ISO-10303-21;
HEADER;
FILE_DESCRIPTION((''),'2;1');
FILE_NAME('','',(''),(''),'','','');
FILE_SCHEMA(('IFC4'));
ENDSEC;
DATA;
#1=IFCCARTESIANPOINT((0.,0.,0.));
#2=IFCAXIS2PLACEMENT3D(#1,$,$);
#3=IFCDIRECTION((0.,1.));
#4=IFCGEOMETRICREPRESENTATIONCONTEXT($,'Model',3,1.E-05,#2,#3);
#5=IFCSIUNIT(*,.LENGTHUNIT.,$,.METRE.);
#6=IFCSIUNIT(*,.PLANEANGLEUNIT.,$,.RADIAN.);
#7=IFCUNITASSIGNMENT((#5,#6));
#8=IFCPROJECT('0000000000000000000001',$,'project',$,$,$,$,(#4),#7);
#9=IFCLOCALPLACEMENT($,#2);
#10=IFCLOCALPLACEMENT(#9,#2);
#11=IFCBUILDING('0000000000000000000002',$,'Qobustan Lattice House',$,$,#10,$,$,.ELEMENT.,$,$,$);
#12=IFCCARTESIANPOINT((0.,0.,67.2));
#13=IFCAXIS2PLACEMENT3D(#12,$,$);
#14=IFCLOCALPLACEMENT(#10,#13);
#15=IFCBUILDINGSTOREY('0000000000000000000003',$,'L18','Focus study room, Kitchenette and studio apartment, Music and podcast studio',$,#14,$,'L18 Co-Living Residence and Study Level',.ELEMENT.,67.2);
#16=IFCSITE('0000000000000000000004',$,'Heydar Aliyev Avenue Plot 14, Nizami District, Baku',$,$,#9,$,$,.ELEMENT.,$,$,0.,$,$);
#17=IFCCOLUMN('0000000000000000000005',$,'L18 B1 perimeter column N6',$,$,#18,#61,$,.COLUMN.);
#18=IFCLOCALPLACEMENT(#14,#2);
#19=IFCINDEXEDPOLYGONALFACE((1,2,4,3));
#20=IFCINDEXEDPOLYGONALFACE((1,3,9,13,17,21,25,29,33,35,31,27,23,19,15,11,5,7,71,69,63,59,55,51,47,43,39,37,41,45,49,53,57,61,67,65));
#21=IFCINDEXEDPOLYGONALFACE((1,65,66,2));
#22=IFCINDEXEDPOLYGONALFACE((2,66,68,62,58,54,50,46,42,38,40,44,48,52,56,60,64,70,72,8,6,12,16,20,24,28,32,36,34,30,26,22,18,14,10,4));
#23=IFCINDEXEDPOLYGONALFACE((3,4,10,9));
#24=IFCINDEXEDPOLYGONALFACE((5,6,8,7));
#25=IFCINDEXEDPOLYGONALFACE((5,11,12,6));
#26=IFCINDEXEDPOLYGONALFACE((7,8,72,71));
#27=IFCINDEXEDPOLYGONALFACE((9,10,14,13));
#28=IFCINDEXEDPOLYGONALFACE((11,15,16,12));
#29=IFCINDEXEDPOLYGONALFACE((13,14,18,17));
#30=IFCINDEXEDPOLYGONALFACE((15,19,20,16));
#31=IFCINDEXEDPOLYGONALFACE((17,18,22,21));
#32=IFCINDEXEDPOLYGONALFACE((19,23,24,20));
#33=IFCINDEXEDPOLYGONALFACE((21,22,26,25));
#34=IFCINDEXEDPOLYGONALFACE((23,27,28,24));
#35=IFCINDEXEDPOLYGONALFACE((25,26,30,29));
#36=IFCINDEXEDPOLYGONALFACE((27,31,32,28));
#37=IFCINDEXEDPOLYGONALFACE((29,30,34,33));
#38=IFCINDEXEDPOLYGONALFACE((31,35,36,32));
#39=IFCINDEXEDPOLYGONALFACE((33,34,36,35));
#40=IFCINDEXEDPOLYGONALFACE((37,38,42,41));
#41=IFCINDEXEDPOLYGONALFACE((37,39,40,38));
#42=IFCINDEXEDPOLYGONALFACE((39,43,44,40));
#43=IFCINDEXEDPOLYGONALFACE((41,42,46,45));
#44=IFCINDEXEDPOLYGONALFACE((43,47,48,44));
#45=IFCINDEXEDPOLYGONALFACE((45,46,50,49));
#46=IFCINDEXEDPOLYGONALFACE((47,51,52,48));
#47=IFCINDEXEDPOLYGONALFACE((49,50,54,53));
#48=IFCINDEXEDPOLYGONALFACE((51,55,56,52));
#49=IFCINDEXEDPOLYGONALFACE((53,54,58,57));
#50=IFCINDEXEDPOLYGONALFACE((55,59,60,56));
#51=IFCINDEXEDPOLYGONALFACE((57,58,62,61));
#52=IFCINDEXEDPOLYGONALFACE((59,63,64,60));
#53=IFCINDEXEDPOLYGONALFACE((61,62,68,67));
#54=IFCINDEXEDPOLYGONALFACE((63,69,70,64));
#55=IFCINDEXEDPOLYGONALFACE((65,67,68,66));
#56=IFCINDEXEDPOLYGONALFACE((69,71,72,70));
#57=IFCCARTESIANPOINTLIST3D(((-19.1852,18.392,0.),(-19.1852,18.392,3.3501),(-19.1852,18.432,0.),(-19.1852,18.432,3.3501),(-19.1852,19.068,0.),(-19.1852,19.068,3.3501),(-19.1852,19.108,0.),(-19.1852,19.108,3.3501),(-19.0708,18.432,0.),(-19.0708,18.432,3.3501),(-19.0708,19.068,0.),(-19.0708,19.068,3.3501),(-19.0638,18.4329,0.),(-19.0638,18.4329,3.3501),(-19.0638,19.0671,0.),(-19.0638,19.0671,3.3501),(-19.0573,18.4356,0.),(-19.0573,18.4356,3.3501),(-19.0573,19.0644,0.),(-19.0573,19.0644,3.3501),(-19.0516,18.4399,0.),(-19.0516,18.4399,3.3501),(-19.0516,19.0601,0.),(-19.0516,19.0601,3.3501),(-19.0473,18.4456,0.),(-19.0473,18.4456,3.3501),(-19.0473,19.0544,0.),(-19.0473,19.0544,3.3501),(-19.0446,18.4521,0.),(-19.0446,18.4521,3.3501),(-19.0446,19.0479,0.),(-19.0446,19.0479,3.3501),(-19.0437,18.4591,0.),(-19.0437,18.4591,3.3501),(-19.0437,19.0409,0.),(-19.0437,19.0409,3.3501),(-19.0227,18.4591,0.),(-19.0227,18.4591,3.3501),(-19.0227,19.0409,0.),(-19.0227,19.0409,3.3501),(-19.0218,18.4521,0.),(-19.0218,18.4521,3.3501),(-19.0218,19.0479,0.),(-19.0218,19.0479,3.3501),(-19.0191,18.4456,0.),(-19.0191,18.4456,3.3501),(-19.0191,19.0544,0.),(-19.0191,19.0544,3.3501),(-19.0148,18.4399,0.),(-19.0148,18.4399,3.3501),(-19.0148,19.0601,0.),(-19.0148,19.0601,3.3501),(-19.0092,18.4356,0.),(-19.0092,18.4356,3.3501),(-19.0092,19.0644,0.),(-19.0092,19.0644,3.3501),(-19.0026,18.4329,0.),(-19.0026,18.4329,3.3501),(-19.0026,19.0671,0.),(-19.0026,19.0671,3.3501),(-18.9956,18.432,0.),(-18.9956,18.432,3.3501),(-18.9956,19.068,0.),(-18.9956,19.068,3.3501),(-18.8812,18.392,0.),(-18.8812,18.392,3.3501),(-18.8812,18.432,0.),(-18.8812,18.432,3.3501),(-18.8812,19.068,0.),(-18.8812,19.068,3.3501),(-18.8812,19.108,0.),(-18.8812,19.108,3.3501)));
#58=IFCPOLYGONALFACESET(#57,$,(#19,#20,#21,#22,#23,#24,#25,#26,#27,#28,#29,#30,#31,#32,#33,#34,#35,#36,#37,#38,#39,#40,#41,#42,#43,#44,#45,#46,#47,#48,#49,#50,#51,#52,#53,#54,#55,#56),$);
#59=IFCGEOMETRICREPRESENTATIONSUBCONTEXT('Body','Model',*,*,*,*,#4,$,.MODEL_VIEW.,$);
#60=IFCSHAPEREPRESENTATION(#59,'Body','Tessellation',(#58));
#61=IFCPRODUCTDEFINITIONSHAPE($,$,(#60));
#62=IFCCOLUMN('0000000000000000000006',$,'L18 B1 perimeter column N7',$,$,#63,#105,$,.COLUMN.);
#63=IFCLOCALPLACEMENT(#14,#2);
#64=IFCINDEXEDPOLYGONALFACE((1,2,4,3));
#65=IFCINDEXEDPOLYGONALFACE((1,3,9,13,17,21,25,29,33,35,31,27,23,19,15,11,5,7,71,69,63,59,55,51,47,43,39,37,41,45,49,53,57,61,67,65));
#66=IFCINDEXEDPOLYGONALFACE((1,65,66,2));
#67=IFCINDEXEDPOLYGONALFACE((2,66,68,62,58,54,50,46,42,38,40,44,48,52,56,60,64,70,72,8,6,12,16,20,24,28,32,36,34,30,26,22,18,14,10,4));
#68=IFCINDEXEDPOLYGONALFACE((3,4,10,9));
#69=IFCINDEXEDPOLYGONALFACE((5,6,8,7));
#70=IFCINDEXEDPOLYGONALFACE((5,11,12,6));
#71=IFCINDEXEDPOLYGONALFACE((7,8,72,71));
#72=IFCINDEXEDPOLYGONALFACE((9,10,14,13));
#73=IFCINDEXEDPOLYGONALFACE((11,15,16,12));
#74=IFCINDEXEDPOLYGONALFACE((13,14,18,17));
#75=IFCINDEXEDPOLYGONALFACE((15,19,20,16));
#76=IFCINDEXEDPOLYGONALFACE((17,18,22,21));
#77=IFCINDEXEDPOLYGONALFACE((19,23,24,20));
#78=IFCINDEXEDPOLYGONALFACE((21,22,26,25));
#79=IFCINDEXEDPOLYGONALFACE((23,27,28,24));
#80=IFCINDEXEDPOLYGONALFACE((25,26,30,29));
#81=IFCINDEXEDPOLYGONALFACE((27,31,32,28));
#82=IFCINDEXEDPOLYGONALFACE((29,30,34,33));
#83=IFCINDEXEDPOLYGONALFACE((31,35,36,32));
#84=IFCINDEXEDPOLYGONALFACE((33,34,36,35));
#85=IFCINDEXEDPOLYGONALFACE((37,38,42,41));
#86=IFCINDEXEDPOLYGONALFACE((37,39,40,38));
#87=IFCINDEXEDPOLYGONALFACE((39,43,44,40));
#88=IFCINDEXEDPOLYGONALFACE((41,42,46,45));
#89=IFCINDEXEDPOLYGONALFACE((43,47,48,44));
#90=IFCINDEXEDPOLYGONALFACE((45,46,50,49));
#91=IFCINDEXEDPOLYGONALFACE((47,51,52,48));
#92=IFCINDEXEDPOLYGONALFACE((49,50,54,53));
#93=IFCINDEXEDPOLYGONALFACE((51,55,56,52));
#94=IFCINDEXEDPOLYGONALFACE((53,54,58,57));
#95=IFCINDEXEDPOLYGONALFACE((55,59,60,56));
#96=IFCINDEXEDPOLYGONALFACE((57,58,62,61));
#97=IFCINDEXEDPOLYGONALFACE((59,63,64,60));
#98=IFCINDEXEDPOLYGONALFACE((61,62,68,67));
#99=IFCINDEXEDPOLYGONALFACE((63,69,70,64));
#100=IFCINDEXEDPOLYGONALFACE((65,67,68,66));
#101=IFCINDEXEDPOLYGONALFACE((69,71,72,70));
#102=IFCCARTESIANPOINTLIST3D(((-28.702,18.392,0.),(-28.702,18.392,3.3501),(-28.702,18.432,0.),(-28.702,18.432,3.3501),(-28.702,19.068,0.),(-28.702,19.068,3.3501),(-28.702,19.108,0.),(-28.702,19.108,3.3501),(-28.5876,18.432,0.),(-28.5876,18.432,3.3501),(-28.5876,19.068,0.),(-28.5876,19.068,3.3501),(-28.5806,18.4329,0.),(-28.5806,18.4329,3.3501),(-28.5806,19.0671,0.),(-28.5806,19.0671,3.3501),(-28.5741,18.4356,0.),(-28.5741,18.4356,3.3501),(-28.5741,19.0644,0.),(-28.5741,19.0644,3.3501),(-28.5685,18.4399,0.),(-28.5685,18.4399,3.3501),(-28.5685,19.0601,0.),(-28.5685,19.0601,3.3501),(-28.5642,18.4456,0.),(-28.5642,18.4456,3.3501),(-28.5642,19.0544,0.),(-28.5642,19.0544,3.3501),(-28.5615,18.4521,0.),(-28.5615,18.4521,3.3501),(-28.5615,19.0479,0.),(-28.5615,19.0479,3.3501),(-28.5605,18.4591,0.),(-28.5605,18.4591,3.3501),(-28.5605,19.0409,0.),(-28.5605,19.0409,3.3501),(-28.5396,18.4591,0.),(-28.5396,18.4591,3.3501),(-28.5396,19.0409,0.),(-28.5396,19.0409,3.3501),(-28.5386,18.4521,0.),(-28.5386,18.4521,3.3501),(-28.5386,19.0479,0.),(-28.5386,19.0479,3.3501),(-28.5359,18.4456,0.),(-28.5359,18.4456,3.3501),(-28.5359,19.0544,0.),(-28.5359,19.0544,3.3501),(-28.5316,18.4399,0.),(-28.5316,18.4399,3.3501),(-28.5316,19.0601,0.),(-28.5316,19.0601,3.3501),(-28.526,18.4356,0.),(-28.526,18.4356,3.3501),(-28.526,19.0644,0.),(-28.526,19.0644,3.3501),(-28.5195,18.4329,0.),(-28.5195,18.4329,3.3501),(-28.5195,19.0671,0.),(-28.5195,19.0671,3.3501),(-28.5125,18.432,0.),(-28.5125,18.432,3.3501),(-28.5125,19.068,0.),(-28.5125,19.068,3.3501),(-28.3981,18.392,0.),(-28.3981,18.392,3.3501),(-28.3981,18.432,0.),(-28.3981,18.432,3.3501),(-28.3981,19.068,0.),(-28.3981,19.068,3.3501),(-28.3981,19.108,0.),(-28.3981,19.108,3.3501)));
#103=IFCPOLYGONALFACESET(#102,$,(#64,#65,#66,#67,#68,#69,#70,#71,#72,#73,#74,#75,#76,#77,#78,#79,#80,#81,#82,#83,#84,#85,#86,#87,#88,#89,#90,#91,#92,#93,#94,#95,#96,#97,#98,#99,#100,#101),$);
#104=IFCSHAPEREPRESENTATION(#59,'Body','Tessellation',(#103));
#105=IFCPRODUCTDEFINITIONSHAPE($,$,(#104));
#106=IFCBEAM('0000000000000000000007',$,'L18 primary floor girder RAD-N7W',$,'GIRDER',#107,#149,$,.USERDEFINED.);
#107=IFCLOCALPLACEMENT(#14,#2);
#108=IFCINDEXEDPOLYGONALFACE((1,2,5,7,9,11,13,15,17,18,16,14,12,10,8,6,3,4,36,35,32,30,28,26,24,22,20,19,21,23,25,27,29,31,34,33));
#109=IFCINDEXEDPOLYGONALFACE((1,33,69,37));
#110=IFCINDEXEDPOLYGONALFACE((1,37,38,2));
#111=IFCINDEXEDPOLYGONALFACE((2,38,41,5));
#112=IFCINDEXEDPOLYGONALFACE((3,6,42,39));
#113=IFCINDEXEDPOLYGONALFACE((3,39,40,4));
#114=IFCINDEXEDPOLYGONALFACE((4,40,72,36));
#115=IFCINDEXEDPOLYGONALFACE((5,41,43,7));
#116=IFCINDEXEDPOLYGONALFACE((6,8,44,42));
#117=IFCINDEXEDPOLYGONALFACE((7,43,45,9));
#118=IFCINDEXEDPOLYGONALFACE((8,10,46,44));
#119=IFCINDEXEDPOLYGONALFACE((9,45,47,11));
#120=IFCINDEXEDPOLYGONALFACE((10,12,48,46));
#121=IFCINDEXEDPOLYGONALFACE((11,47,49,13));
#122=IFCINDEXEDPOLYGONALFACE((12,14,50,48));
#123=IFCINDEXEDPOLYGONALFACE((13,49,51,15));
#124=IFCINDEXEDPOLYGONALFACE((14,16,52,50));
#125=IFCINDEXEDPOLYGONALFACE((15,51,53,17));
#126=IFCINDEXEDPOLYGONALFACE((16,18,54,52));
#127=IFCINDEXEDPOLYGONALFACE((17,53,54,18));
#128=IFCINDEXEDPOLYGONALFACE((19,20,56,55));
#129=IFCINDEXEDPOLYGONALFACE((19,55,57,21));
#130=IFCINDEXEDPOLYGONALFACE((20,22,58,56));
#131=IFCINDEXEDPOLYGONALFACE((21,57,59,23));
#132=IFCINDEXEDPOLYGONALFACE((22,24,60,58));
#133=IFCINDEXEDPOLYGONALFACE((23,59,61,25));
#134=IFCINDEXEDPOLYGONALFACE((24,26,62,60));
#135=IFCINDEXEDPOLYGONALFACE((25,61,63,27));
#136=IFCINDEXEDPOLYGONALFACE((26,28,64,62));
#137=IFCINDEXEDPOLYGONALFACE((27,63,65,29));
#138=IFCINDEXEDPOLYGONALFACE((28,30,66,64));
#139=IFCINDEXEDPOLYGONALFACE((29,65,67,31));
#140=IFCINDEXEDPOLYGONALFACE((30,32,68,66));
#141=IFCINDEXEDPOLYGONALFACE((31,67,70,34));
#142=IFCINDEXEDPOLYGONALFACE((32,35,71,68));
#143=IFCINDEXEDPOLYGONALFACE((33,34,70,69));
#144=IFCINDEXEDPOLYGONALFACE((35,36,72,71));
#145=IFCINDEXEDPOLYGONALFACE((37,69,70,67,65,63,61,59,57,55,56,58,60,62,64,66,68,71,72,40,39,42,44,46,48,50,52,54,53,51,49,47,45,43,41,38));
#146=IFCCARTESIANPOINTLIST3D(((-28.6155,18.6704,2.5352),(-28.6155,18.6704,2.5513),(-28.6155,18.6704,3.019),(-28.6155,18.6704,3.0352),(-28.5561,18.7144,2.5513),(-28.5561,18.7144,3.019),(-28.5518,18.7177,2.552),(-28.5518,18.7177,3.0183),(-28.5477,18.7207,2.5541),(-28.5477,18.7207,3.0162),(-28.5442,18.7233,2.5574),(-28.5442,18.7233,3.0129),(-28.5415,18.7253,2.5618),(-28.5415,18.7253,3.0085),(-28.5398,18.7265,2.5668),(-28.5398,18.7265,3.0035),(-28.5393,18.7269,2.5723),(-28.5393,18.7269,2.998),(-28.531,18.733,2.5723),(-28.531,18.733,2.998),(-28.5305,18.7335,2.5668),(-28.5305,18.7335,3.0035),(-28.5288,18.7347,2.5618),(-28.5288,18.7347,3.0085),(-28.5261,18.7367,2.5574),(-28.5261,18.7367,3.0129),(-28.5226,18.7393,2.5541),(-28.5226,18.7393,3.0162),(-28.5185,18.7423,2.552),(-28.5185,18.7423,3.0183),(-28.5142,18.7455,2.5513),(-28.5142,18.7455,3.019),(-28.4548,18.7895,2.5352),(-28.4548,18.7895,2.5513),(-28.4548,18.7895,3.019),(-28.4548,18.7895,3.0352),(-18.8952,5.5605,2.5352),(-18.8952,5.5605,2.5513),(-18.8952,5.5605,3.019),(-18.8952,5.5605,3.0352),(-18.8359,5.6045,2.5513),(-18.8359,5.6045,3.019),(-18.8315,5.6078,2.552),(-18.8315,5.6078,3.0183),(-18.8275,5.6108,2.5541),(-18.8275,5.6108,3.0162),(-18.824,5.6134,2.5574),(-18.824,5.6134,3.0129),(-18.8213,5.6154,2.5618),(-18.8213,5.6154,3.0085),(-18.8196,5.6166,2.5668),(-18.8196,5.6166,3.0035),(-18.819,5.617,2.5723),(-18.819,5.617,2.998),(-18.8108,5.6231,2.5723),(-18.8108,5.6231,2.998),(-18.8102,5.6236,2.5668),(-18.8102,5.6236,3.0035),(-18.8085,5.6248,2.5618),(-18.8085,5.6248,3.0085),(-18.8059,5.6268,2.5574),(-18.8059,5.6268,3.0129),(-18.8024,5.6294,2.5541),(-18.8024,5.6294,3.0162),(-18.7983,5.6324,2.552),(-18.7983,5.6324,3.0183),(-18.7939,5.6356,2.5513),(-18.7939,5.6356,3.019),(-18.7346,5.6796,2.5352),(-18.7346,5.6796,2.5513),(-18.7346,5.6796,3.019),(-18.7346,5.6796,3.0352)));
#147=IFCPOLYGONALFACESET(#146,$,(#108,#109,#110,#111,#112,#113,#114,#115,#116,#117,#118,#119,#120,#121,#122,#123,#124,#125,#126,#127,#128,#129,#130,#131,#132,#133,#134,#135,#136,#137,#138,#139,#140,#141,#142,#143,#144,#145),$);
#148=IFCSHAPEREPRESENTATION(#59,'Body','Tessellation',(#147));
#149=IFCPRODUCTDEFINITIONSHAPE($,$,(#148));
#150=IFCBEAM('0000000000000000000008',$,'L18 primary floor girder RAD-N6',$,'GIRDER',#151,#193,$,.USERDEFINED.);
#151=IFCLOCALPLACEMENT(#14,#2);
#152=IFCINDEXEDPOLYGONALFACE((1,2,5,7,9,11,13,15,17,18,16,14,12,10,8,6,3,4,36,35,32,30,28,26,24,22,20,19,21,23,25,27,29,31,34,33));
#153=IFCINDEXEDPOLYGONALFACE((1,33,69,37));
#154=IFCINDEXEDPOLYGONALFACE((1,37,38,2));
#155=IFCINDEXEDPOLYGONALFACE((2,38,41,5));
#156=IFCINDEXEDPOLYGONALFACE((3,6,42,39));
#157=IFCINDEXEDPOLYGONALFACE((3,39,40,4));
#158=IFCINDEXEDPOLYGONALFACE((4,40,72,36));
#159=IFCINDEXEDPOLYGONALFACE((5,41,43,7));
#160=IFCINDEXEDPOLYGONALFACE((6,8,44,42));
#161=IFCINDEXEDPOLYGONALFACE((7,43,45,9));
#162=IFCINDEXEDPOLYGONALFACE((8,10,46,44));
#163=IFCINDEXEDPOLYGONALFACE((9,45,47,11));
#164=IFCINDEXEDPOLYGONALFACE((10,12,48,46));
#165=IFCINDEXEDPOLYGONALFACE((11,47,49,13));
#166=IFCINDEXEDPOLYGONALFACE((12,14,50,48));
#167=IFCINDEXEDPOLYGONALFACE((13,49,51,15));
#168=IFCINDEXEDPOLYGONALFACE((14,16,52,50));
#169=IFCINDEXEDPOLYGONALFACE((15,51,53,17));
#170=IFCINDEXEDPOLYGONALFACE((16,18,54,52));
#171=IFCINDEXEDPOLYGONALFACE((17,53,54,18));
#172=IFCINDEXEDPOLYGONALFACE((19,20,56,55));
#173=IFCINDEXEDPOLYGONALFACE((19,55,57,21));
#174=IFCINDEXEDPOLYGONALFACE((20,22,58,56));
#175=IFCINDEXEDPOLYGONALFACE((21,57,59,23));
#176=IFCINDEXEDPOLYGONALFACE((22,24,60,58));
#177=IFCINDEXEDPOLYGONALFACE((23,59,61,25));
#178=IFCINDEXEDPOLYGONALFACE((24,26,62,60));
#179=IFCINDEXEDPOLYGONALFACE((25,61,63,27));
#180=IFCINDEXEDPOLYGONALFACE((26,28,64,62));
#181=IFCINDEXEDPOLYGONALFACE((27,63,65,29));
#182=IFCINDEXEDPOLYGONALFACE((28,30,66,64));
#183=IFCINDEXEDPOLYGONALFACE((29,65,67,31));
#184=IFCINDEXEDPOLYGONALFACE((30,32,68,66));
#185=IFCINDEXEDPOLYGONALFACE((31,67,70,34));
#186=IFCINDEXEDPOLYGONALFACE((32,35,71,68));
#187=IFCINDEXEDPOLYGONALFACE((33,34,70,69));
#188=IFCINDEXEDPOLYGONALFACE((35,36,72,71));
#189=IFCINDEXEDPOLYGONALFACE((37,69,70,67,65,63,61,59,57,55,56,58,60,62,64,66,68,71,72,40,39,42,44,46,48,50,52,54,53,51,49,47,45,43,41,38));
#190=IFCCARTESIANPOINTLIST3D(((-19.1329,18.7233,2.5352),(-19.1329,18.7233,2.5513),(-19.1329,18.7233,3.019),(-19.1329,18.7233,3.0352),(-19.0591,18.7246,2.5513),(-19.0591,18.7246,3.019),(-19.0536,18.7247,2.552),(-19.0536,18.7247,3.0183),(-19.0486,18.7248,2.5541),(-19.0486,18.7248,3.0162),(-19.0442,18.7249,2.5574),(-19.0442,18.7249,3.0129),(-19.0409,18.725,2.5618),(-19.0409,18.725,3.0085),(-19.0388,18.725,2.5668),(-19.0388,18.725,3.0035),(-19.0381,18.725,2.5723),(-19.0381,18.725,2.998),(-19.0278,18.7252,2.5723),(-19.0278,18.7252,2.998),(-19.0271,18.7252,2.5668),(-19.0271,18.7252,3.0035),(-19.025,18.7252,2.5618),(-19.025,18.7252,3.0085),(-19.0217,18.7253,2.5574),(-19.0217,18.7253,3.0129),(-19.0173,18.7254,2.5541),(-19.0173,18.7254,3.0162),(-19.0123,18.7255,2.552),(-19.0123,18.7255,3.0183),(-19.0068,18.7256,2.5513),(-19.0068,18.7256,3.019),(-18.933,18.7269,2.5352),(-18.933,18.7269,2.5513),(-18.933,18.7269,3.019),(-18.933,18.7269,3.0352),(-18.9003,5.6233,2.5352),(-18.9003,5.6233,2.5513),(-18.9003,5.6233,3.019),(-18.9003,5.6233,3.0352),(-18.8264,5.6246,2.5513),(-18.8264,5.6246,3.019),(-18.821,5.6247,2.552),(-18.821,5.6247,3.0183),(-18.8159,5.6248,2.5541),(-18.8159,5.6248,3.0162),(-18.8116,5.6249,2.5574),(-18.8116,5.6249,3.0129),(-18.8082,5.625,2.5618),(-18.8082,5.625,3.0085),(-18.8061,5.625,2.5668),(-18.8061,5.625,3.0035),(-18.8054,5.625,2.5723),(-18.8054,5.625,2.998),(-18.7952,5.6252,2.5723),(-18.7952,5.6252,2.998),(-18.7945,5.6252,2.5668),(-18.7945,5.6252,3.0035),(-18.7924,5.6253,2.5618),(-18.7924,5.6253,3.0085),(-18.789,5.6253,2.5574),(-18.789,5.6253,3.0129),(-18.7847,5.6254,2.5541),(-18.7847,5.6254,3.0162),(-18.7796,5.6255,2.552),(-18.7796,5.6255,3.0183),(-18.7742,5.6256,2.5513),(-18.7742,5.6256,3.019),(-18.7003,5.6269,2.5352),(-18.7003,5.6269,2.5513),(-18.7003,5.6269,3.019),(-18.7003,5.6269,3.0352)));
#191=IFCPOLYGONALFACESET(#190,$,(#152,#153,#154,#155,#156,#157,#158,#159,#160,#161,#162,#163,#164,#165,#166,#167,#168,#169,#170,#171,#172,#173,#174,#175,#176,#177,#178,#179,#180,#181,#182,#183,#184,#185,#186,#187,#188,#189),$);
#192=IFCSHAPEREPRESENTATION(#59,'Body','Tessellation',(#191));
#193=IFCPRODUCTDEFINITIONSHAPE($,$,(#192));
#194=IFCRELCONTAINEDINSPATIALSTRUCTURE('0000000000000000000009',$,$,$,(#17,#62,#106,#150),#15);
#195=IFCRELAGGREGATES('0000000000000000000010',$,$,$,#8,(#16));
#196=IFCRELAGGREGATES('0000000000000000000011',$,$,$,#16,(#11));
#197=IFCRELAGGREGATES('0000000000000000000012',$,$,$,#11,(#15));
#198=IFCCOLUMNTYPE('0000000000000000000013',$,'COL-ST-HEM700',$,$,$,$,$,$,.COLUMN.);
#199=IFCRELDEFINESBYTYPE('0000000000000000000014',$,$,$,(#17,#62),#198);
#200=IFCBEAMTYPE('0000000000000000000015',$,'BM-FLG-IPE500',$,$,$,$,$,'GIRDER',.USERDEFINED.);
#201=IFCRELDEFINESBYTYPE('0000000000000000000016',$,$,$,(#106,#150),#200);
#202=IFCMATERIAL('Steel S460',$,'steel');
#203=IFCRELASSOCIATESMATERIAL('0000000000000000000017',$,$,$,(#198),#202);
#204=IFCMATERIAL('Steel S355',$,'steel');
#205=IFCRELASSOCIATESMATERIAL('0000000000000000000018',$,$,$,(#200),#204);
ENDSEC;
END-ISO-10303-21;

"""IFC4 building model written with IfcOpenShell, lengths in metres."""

from ifc_helpers import new_model, si_unit, direction, frame, origin, origin_2d, place, context, subcontext, project, spatial, i_section, extrude, material, material_profile, profile_set, type_object, element, save


model = new_model("IFC4")

# Units and contexts
model_context = context("Model", 3, precision=1e-05, world=origin(), true_north=direction((0.0, 1.0)))
body_context = subcontext(model_context, "Body", "Model", "MODEL_VIEW")
ifc_project = project(units=[si_unit("LENGTHUNIT", "METRE"), si_unit("PLANEANGLEUNIT", "RADIAN")], contexts=[model_context])

# Site, building, storey
site_placement = place(None, origin())
site = spatial("IfcSite", under=ifc_project, at=site_placement, Name="Heydar Aliyev Avenue Plot 14, Nizami District, Baku", CompositionType="ELEMENT", RefElevation=0.0)
building_placement = place(site_placement, origin())
building = spatial("IfcBuilding", under=site, at=building_placement, Name="Qobustan Lattice House", CompositionType="ELEMENT")
storey_placement = place(building_placement, frame((0.0, 0.0, 67.2)))
storey = spatial("IfcBuildingStorey", under=building, at=storey_placement, Name="L18", Description="Focus study room, Kitchenette and studio apartment, Music and podcast studio", LongName="L18 Co-Living Residence and Study Level", CompositionType="ELEMENT", Elevation=67.2)

# Columns
ifc_material_1 = material(Name="Steel S460", Category="steel")
ifc_material_profile_1 = material_profile(ifc_material_1, i_section(OverallWidth=0.304, OverallDepth=0.7161, WebThickness=0.021, FlangeThickness=0.04, FilletRadius=0.0271, at=origin_2d()), Name="HEM700")
ifc_profile_set_1 = profile_set([ifc_material_profile_1], Name="Steel S460")
column_type = type_object("IfcColumnType", Name="COL-ST-HEM700", PredefinedType="COLUMN", material=ifc_profile_set_1)
for number, where, z_axis, x_axis, name in (
    (1, (-19.0332, 18.75, 0.0), (0.0, 0.0, 1.0), (1.0, 0.0, 0.0), "L18 B1 perimeter column N6"),
    (2, (-28.55, 18.75, 0.0), (0.0, 0.0, 1.0), (1.0, 0.0, 0.0), "L18 B1 perimeter column N7"),
):
    element("IfcColumn", number, at=place(storey_placement, frame(where, z_axis=z_axis, x_axis=x_axis)), inside=storey, type_object=column_type, Name=name, PredefinedType="COLUMN", context=body_context, shape_type="SweptSolid", body=[
        extrude(i_section(OverallWidth=0.304, OverallDepth=0.7161, WebThickness=0.021, FlangeThickness=0.04, FilletRadius=0.0271, at=origin_2d()), origin(), (0.0, 0.0, 1.0), 3.3501),
    ])

# Beams
ifc_material_2 = material(Name="Steel S355", Category="steel")
ifc_material_profile_2 = material_profile(ifc_material_2, i_section(OverallWidth=0.2, OverallDepth=0.5, WebThickness=0.0103, FlangeThickness=0.0161, FilletRadius=0.021, at=origin_2d()), Name="IPE500")
ifc_profile_set_2 = profile_set([ifc_material_profile_2], Name="Steel S355")
beam_type_1 = type_object("IfcBeamType", Name="BM-FLG-IPE500", ElementType="GIRDER", PredefinedType="USERDEFINED", material=ifc_profile_set_2)
beam_1_placement = place(storey_placement, frame((-28.5352, 18.73, 2.7852), z_axis=(0.595592, -0.803287, 0.0), x_axis=(0.803287, 0.595592, 0.0)))
element("IfcBeam", 3, at=beam_1_placement, inside=storey, type_object=beam_type_1, Name="L18 primary floor girder RAD-N7W", ObjectType="GIRDER", PredefinedType="USERDEFINED", context=body_context, shape_type="SweptSolid", body=[
    extrude(i_section(OverallWidth=0.2, OverallDepth=0.5, WebThickness=0.0103, FlangeThickness=0.0161, FilletRadius=0.021, at=origin_2d()), origin(), (0.0, 0.0, 1.0), 16.3203),
])
beam_2_placement = place(storey_placement, frame((-19.033, 18.7251, 2.7852), z_axis=(0.017758, -0.999842, 0.0), x_axis=(0.999842, 0.017758, 0.0)))
element("IfcBeam", 4, at=beam_2_placement, inside=storey, type_object=beam_type_1, Name="L18 primary floor girder RAD-N6", ObjectType="GIRDER", PredefinedType="USERDEFINED", context=body_context, shape_type="SweptSolid", body=[
    extrude(i_section(OverallWidth=0.2, OverallDepth=0.5, WebThickness=0.0103, FlangeThickness=0.0161, FilletRadius=0.021, at=origin_2d()), origin(), (0.0, 0.0, 1.0), 13.1021),
])

save(model, "model.ifc")
